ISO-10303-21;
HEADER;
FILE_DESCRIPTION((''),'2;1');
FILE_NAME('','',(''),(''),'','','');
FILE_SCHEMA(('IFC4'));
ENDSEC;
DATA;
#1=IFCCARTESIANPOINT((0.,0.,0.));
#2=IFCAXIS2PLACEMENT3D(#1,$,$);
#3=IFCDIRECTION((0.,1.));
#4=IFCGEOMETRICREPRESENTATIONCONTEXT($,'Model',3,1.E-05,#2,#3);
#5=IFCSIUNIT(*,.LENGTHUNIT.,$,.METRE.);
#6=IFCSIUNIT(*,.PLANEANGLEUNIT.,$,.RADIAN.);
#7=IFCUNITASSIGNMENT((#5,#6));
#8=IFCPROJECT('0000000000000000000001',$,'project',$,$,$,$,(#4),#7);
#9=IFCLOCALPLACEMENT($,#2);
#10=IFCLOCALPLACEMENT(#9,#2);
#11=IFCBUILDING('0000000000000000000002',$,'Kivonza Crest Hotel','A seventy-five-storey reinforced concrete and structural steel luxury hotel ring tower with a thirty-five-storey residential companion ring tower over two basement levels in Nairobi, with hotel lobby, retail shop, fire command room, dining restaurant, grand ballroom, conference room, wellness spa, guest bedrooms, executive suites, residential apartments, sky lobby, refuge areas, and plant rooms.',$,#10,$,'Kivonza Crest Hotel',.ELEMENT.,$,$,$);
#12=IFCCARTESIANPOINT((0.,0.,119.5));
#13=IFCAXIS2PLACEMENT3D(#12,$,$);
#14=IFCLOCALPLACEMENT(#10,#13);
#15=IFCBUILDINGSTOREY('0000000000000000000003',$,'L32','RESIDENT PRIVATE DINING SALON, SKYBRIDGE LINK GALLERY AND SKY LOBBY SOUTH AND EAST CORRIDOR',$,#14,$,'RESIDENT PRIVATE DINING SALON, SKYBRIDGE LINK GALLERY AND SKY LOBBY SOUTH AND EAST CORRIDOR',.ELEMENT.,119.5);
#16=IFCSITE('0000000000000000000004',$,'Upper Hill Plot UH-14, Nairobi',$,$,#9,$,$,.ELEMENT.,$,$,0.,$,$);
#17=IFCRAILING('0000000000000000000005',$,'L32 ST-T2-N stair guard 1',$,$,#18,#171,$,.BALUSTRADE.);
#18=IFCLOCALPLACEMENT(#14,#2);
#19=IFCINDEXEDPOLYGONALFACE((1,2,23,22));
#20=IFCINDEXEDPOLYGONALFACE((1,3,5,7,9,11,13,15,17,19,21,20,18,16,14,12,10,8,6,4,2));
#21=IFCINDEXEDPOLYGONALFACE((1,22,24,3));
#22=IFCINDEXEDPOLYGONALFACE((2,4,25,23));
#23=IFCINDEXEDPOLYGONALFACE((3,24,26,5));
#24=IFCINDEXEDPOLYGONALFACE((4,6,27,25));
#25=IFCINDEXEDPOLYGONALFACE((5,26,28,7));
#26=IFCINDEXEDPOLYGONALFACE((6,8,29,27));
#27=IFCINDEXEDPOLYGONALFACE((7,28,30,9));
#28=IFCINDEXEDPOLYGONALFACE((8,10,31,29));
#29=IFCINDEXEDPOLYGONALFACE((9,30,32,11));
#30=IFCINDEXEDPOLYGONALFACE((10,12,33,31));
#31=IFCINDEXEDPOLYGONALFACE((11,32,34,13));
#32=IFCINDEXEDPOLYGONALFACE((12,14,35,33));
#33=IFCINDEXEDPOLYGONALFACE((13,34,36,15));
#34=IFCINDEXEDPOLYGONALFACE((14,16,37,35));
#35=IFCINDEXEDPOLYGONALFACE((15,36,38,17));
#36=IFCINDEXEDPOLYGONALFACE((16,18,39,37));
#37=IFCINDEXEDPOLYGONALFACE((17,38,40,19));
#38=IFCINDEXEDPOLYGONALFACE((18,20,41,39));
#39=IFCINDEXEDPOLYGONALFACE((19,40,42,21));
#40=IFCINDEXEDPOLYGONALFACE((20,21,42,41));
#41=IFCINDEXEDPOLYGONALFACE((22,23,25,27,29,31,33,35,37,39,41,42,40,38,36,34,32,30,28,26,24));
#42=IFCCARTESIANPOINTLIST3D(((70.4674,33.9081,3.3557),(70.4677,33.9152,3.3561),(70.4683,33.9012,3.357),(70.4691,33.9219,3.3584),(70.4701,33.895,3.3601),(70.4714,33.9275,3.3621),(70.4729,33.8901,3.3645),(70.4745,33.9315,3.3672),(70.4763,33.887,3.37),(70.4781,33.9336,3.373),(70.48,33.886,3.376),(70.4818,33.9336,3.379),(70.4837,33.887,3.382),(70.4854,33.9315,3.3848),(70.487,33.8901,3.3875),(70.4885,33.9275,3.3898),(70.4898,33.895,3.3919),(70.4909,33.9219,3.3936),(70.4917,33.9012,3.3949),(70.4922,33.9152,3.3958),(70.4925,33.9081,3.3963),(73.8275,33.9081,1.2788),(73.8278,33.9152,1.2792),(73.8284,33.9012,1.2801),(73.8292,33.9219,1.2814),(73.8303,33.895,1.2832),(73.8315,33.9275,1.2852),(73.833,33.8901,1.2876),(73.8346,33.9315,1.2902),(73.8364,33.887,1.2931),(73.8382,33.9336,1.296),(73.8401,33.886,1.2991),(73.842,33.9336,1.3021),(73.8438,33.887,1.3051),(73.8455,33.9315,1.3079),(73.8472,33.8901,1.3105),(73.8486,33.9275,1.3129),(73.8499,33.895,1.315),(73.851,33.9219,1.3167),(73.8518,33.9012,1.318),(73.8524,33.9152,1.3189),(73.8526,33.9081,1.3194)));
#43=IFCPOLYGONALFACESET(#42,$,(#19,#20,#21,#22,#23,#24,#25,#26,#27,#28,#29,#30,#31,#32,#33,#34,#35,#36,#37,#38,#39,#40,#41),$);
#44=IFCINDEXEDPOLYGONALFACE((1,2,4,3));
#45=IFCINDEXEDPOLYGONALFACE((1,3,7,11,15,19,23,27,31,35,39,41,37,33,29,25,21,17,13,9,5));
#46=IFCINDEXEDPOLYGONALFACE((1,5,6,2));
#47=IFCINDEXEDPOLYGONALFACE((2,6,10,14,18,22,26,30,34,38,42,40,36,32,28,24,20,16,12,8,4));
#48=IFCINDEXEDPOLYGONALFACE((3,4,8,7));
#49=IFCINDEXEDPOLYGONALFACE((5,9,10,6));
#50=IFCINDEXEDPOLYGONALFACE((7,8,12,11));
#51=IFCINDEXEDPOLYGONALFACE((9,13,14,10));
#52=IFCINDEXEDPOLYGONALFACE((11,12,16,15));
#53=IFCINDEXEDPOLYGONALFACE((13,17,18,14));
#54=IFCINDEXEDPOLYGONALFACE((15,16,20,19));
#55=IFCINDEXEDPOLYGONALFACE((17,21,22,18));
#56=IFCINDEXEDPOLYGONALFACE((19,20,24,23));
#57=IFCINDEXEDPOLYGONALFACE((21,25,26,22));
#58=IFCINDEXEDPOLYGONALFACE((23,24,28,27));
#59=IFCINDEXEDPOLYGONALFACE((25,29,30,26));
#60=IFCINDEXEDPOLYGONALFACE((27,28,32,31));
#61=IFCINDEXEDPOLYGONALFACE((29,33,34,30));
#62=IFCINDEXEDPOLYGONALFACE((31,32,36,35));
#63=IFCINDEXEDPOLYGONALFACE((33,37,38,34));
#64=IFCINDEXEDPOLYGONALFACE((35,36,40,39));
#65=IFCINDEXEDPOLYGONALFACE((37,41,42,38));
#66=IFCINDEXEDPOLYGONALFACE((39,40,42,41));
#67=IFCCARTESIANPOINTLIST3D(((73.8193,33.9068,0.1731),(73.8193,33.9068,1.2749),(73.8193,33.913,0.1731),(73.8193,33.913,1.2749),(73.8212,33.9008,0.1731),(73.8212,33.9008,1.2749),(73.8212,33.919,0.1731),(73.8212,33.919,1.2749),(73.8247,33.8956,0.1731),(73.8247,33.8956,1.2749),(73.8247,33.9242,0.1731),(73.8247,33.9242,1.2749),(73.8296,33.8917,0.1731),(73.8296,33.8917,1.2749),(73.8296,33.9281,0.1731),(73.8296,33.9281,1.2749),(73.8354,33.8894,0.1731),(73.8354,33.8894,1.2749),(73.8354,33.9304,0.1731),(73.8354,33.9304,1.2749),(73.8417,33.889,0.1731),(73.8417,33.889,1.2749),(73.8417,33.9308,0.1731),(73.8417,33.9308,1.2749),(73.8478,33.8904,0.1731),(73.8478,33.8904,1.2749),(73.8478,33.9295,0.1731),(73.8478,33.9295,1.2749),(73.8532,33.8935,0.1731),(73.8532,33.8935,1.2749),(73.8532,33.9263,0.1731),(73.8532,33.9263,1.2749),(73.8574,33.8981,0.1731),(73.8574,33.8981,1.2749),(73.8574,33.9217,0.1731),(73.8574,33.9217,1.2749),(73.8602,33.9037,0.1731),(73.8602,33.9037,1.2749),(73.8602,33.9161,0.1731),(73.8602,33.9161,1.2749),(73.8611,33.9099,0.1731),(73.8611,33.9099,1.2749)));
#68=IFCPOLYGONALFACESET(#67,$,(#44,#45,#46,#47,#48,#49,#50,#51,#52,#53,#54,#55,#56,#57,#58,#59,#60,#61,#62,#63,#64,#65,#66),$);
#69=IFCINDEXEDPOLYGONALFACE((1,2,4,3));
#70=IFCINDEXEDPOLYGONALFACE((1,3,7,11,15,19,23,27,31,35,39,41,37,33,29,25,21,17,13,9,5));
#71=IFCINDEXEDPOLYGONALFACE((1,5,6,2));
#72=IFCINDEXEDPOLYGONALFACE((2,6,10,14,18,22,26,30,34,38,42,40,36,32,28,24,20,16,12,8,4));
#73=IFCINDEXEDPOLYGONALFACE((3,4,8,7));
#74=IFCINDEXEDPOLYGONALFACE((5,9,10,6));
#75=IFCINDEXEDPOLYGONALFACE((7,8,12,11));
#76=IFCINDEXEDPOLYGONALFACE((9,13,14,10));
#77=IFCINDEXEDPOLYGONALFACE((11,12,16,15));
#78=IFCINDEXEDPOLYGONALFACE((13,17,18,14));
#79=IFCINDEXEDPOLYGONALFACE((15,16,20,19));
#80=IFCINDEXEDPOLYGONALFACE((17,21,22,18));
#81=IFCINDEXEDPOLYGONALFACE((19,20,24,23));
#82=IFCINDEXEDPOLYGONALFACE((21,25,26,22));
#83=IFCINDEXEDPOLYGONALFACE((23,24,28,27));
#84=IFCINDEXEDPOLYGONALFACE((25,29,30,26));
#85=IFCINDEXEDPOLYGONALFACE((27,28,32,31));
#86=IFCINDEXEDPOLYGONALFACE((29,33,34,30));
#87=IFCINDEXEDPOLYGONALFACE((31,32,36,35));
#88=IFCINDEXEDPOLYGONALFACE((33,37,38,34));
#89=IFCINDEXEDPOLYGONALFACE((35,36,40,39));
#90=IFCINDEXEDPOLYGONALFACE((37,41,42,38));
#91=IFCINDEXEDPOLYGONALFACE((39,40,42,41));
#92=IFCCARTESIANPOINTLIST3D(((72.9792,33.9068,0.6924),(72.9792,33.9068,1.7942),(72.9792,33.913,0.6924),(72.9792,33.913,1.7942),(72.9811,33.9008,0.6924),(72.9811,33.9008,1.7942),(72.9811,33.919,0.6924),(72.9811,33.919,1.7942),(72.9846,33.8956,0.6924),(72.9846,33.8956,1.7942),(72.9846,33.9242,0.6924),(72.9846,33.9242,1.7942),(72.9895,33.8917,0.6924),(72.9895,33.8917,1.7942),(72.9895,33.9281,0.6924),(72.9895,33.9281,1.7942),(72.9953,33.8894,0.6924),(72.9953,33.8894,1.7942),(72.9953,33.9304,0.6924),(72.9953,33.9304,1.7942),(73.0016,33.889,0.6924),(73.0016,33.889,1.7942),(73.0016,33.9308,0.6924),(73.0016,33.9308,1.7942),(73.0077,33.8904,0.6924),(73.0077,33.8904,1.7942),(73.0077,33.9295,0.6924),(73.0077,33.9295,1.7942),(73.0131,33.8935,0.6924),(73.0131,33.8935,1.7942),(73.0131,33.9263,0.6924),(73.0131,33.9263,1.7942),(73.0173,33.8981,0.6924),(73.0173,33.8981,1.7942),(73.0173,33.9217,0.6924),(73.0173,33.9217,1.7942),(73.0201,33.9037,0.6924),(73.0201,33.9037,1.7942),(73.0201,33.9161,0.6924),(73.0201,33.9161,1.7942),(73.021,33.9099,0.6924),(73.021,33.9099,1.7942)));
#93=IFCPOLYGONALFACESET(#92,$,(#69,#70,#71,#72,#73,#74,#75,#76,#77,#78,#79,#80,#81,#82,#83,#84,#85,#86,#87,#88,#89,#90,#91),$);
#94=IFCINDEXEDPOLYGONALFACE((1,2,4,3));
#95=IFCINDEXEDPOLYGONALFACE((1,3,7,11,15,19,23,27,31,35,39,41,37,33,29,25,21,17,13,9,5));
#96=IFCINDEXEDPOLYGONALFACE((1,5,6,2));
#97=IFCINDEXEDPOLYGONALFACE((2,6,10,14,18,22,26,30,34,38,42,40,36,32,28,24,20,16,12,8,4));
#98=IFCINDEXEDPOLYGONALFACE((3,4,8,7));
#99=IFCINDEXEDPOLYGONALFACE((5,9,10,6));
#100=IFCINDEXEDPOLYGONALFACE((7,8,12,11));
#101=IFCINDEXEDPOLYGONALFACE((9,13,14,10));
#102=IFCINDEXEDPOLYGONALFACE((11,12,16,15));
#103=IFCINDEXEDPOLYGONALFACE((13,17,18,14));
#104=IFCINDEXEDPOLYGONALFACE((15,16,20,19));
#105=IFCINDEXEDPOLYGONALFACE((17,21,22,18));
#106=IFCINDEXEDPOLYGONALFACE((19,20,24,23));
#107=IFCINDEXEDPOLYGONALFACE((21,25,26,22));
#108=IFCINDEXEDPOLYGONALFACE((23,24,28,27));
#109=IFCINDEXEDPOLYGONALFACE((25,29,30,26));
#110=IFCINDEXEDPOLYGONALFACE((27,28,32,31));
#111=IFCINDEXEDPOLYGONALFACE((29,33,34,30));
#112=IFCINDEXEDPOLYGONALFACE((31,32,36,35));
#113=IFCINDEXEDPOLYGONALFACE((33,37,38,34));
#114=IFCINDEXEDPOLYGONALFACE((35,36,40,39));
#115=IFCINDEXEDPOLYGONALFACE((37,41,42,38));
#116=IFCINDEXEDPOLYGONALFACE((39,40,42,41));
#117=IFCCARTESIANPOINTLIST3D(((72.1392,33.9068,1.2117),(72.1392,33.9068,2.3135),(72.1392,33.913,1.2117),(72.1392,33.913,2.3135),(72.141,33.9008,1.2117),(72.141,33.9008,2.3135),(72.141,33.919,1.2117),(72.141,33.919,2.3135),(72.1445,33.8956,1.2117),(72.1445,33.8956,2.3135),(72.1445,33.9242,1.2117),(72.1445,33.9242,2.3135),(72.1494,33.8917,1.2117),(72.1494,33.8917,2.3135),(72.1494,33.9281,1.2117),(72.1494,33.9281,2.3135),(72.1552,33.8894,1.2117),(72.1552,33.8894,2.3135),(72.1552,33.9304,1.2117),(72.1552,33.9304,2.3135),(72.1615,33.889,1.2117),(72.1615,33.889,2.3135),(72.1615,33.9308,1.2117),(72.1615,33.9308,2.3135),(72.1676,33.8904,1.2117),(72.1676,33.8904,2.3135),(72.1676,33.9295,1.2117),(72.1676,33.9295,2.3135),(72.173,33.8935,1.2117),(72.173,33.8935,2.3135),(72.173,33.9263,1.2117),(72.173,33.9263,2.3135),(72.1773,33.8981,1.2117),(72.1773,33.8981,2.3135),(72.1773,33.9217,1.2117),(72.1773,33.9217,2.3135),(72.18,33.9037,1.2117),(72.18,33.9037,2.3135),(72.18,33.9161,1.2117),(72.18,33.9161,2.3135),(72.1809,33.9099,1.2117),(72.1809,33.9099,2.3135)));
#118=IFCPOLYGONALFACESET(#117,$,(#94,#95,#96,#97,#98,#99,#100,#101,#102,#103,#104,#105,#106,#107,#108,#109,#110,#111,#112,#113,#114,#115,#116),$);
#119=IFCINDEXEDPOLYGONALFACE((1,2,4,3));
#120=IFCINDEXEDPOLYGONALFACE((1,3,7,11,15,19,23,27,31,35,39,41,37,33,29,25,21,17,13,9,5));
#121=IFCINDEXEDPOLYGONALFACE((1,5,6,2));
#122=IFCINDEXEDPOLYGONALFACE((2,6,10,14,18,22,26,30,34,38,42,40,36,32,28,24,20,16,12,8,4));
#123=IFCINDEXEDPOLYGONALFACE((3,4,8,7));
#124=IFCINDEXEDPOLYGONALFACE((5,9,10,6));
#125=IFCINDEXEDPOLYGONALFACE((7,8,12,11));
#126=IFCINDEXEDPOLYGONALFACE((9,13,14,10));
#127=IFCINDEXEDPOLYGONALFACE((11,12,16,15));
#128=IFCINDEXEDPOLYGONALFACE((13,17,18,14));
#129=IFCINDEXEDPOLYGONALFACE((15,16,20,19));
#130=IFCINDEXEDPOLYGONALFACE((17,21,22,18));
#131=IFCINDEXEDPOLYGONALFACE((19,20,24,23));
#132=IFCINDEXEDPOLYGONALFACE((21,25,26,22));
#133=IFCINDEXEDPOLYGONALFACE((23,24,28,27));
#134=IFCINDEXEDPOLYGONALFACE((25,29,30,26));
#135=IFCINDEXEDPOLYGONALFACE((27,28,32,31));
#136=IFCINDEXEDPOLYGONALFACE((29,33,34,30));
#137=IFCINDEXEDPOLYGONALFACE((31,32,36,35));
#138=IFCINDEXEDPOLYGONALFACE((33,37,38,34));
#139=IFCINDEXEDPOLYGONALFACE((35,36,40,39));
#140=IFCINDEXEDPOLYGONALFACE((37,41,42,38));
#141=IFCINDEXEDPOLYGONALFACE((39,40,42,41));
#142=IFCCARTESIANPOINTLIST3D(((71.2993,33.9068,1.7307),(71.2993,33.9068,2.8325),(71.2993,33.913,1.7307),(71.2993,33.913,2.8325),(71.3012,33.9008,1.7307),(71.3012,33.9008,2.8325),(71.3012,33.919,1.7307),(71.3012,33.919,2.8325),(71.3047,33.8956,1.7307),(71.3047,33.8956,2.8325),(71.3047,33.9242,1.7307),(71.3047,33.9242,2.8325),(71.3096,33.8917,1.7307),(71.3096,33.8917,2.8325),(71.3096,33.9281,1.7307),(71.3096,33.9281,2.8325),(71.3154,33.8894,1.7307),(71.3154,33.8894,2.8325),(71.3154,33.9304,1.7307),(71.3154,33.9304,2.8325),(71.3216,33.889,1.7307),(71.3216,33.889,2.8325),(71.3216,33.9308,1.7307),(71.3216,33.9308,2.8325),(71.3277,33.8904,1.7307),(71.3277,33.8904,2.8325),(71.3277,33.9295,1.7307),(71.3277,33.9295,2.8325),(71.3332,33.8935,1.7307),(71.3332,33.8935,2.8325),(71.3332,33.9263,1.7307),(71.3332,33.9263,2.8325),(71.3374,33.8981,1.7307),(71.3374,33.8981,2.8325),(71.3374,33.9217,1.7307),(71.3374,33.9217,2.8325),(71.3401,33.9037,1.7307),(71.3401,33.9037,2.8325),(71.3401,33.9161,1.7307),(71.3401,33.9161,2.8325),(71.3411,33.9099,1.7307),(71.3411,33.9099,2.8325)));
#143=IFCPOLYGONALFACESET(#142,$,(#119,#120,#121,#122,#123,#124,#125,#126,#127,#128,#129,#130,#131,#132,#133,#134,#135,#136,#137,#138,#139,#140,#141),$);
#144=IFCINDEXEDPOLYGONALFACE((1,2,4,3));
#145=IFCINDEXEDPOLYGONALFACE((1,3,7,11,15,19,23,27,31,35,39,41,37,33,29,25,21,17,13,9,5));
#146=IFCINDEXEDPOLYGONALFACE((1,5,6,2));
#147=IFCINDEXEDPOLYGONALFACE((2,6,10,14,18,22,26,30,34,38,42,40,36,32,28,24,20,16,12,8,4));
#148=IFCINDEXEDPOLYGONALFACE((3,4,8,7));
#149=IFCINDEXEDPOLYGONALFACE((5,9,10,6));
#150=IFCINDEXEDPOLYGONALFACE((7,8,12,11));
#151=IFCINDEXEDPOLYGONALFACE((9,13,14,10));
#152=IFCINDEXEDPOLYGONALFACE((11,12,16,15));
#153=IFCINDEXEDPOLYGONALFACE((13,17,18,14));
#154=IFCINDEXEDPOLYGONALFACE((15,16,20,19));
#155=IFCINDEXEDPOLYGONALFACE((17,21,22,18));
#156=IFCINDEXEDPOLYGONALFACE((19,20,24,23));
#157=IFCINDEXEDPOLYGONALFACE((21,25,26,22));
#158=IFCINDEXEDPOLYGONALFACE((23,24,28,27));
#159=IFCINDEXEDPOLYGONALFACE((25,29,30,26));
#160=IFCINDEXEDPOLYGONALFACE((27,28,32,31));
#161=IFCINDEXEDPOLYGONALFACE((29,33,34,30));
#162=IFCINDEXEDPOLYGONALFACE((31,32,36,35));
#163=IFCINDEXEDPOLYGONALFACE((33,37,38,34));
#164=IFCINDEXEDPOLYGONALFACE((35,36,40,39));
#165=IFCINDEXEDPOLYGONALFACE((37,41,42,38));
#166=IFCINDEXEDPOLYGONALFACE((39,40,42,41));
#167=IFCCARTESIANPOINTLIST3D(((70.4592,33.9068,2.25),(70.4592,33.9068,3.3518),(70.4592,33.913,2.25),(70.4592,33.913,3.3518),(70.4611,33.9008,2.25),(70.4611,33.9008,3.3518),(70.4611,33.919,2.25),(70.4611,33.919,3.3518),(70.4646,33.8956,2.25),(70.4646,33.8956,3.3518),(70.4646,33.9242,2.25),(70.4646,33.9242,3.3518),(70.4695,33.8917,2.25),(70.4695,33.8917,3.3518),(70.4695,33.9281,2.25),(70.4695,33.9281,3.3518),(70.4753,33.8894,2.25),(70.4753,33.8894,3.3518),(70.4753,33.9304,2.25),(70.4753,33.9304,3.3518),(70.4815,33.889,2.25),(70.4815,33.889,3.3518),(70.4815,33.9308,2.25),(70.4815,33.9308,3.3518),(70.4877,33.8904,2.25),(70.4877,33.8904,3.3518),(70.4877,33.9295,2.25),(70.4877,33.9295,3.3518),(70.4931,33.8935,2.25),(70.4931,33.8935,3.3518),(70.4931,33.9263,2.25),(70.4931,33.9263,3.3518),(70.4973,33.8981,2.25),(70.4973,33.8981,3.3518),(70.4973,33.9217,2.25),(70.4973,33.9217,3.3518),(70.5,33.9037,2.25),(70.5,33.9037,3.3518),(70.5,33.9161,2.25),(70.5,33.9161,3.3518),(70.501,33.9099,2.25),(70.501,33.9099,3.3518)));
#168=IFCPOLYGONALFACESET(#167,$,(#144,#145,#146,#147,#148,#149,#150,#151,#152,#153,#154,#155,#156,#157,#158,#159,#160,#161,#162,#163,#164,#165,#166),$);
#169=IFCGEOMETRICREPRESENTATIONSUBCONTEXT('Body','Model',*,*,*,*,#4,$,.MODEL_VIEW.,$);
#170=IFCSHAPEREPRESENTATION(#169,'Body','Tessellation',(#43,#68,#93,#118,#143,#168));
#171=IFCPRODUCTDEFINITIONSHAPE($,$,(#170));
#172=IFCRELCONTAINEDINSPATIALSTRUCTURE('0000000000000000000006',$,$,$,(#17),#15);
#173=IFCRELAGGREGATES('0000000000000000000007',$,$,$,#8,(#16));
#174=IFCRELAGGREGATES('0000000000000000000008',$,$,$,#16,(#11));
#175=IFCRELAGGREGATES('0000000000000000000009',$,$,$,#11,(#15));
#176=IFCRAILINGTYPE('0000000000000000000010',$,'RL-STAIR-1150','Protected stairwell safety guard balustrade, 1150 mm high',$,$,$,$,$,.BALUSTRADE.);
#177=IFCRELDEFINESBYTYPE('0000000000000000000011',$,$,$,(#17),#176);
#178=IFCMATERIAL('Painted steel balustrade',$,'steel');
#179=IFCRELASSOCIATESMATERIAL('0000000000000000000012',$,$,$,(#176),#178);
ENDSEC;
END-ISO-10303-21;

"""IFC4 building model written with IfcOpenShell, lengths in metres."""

from ifc_helpers import new_model, si_unit, direction, frame, origin, origin_2d, place, context, subcontext, project, spatial, circle, extrude, material, type_object, element, save


model = new_model("IFC4")

# Units and contexts
model_context = context("Model", 3, precision=1e-05, world=origin(), true_north=direction((0.0, 1.0)))
body_context = subcontext(model_context, "Body", "Model", "MODEL_VIEW")
ifc_project = project(units=[si_unit("LENGTHUNIT", "METRE"), si_unit("PLANEANGLEUNIT", "RADIAN")], contexts=[model_context])

# Site, building, storey
site_placement = place(None, origin())
site = spatial("IfcSite", under=ifc_project, at=site_placement, Name="Upper Hill Plot UH-14, Nairobi", CompositionType="ELEMENT", RefElevation=0.0)
building_placement = place(site_placement, origin())
building = spatial("IfcBuilding", under=site, at=building_placement, Name="Kivonza Crest Hotel", Description="A seventy-five-storey reinforced concrete and structural steel luxury hotel ring tower with a thirty-five-storey residential companion ring tower over two basement levels in Nairobi, with hotel lobby, retail shop, fire command room, dining restaurant, grand ballroom, conference room, wellness spa, guest bedrooms, executive suites, residential apartments, sky lobby, refuge areas, and plant rooms.", LongName="Kivonza Crest Hotel", CompositionType="ELEMENT")
storey_placement = place(building_placement, frame((0.0, 0.0, 119.5)))
storey = spatial("IfcBuildingStorey", under=building, at=storey_placement, Name="L32", Description="RESIDENT PRIVATE DINING SALON, SKYBRIDGE LINK GALLERY AND SKY LOBBY SOUTH AND EAST CORRIDOR", LongName="RESIDENT PRIVATE DINING SALON, SKYBRIDGE LINK GALLERY AND SKY LOBBY SOUTH AND EAST CORRIDOR", CompositionType="ELEMENT", Elevation=119.5)

# Railing
ifc_material_1 = material(Name="Painted steel balustrade", Category="steel")
railing_type_1 = type_object("IfcRailingType", Name="RL-STAIR-1150", Description="Protected stairwell safety guard balustrade, 1150 mm high", PredefinedType="BALUSTRADE", material=ifc_material_1)
railing_1_placement = place(storey_placement, frame((73.8401, 33.9099, 0.1731)))
element("IfcRailing", 1, at=railing_1_placement, inside=storey, type_object=railing_type_1, Name="L32 ST-T2-N stair guard 1", PredefinedType="BALUSTRADE", context=body_context, shape_type="SweptSolid", body=[
    extrude(circle(Radius=0.0239, at=origin_2d()), frame((0.0, 0.0, 1.126), z_axis=(-0.850623, 0.0, 0.525776), x_axis=(0.0, -1.0, 0.0)), (0.0, 0.0, 1.0), 3.9502),
    extrude(circle(Radius=0.021, at=origin_2d()), origin(), (0.0, 0.0, 1.0), 1.1018),
    extrude(circle(Radius=0.021, at=origin_2d()), frame((-0.8401, 0.0, 0.5193)), (0.0, 0.0, 1.0), 1.1018),
    extrude(circle(Radius=0.021, at=origin_2d()), frame((-1.6802, 0.0, 1.0386)), (0.0, 0.0, 1.0), 1.1018),
    extrude(circle(Radius=0.021, at=origin_2d()), frame((-2.52, 0.0, 1.5576)), (0.0, 0.0, 1.0), 1.1018),
    extrude(circle(Radius=0.021, at=origin_2d()), frame((-3.3601, 0.0, 2.0769)), (0.0, 0.0, 1.0), 1.1018),
])

save(model, "model.ifc")
